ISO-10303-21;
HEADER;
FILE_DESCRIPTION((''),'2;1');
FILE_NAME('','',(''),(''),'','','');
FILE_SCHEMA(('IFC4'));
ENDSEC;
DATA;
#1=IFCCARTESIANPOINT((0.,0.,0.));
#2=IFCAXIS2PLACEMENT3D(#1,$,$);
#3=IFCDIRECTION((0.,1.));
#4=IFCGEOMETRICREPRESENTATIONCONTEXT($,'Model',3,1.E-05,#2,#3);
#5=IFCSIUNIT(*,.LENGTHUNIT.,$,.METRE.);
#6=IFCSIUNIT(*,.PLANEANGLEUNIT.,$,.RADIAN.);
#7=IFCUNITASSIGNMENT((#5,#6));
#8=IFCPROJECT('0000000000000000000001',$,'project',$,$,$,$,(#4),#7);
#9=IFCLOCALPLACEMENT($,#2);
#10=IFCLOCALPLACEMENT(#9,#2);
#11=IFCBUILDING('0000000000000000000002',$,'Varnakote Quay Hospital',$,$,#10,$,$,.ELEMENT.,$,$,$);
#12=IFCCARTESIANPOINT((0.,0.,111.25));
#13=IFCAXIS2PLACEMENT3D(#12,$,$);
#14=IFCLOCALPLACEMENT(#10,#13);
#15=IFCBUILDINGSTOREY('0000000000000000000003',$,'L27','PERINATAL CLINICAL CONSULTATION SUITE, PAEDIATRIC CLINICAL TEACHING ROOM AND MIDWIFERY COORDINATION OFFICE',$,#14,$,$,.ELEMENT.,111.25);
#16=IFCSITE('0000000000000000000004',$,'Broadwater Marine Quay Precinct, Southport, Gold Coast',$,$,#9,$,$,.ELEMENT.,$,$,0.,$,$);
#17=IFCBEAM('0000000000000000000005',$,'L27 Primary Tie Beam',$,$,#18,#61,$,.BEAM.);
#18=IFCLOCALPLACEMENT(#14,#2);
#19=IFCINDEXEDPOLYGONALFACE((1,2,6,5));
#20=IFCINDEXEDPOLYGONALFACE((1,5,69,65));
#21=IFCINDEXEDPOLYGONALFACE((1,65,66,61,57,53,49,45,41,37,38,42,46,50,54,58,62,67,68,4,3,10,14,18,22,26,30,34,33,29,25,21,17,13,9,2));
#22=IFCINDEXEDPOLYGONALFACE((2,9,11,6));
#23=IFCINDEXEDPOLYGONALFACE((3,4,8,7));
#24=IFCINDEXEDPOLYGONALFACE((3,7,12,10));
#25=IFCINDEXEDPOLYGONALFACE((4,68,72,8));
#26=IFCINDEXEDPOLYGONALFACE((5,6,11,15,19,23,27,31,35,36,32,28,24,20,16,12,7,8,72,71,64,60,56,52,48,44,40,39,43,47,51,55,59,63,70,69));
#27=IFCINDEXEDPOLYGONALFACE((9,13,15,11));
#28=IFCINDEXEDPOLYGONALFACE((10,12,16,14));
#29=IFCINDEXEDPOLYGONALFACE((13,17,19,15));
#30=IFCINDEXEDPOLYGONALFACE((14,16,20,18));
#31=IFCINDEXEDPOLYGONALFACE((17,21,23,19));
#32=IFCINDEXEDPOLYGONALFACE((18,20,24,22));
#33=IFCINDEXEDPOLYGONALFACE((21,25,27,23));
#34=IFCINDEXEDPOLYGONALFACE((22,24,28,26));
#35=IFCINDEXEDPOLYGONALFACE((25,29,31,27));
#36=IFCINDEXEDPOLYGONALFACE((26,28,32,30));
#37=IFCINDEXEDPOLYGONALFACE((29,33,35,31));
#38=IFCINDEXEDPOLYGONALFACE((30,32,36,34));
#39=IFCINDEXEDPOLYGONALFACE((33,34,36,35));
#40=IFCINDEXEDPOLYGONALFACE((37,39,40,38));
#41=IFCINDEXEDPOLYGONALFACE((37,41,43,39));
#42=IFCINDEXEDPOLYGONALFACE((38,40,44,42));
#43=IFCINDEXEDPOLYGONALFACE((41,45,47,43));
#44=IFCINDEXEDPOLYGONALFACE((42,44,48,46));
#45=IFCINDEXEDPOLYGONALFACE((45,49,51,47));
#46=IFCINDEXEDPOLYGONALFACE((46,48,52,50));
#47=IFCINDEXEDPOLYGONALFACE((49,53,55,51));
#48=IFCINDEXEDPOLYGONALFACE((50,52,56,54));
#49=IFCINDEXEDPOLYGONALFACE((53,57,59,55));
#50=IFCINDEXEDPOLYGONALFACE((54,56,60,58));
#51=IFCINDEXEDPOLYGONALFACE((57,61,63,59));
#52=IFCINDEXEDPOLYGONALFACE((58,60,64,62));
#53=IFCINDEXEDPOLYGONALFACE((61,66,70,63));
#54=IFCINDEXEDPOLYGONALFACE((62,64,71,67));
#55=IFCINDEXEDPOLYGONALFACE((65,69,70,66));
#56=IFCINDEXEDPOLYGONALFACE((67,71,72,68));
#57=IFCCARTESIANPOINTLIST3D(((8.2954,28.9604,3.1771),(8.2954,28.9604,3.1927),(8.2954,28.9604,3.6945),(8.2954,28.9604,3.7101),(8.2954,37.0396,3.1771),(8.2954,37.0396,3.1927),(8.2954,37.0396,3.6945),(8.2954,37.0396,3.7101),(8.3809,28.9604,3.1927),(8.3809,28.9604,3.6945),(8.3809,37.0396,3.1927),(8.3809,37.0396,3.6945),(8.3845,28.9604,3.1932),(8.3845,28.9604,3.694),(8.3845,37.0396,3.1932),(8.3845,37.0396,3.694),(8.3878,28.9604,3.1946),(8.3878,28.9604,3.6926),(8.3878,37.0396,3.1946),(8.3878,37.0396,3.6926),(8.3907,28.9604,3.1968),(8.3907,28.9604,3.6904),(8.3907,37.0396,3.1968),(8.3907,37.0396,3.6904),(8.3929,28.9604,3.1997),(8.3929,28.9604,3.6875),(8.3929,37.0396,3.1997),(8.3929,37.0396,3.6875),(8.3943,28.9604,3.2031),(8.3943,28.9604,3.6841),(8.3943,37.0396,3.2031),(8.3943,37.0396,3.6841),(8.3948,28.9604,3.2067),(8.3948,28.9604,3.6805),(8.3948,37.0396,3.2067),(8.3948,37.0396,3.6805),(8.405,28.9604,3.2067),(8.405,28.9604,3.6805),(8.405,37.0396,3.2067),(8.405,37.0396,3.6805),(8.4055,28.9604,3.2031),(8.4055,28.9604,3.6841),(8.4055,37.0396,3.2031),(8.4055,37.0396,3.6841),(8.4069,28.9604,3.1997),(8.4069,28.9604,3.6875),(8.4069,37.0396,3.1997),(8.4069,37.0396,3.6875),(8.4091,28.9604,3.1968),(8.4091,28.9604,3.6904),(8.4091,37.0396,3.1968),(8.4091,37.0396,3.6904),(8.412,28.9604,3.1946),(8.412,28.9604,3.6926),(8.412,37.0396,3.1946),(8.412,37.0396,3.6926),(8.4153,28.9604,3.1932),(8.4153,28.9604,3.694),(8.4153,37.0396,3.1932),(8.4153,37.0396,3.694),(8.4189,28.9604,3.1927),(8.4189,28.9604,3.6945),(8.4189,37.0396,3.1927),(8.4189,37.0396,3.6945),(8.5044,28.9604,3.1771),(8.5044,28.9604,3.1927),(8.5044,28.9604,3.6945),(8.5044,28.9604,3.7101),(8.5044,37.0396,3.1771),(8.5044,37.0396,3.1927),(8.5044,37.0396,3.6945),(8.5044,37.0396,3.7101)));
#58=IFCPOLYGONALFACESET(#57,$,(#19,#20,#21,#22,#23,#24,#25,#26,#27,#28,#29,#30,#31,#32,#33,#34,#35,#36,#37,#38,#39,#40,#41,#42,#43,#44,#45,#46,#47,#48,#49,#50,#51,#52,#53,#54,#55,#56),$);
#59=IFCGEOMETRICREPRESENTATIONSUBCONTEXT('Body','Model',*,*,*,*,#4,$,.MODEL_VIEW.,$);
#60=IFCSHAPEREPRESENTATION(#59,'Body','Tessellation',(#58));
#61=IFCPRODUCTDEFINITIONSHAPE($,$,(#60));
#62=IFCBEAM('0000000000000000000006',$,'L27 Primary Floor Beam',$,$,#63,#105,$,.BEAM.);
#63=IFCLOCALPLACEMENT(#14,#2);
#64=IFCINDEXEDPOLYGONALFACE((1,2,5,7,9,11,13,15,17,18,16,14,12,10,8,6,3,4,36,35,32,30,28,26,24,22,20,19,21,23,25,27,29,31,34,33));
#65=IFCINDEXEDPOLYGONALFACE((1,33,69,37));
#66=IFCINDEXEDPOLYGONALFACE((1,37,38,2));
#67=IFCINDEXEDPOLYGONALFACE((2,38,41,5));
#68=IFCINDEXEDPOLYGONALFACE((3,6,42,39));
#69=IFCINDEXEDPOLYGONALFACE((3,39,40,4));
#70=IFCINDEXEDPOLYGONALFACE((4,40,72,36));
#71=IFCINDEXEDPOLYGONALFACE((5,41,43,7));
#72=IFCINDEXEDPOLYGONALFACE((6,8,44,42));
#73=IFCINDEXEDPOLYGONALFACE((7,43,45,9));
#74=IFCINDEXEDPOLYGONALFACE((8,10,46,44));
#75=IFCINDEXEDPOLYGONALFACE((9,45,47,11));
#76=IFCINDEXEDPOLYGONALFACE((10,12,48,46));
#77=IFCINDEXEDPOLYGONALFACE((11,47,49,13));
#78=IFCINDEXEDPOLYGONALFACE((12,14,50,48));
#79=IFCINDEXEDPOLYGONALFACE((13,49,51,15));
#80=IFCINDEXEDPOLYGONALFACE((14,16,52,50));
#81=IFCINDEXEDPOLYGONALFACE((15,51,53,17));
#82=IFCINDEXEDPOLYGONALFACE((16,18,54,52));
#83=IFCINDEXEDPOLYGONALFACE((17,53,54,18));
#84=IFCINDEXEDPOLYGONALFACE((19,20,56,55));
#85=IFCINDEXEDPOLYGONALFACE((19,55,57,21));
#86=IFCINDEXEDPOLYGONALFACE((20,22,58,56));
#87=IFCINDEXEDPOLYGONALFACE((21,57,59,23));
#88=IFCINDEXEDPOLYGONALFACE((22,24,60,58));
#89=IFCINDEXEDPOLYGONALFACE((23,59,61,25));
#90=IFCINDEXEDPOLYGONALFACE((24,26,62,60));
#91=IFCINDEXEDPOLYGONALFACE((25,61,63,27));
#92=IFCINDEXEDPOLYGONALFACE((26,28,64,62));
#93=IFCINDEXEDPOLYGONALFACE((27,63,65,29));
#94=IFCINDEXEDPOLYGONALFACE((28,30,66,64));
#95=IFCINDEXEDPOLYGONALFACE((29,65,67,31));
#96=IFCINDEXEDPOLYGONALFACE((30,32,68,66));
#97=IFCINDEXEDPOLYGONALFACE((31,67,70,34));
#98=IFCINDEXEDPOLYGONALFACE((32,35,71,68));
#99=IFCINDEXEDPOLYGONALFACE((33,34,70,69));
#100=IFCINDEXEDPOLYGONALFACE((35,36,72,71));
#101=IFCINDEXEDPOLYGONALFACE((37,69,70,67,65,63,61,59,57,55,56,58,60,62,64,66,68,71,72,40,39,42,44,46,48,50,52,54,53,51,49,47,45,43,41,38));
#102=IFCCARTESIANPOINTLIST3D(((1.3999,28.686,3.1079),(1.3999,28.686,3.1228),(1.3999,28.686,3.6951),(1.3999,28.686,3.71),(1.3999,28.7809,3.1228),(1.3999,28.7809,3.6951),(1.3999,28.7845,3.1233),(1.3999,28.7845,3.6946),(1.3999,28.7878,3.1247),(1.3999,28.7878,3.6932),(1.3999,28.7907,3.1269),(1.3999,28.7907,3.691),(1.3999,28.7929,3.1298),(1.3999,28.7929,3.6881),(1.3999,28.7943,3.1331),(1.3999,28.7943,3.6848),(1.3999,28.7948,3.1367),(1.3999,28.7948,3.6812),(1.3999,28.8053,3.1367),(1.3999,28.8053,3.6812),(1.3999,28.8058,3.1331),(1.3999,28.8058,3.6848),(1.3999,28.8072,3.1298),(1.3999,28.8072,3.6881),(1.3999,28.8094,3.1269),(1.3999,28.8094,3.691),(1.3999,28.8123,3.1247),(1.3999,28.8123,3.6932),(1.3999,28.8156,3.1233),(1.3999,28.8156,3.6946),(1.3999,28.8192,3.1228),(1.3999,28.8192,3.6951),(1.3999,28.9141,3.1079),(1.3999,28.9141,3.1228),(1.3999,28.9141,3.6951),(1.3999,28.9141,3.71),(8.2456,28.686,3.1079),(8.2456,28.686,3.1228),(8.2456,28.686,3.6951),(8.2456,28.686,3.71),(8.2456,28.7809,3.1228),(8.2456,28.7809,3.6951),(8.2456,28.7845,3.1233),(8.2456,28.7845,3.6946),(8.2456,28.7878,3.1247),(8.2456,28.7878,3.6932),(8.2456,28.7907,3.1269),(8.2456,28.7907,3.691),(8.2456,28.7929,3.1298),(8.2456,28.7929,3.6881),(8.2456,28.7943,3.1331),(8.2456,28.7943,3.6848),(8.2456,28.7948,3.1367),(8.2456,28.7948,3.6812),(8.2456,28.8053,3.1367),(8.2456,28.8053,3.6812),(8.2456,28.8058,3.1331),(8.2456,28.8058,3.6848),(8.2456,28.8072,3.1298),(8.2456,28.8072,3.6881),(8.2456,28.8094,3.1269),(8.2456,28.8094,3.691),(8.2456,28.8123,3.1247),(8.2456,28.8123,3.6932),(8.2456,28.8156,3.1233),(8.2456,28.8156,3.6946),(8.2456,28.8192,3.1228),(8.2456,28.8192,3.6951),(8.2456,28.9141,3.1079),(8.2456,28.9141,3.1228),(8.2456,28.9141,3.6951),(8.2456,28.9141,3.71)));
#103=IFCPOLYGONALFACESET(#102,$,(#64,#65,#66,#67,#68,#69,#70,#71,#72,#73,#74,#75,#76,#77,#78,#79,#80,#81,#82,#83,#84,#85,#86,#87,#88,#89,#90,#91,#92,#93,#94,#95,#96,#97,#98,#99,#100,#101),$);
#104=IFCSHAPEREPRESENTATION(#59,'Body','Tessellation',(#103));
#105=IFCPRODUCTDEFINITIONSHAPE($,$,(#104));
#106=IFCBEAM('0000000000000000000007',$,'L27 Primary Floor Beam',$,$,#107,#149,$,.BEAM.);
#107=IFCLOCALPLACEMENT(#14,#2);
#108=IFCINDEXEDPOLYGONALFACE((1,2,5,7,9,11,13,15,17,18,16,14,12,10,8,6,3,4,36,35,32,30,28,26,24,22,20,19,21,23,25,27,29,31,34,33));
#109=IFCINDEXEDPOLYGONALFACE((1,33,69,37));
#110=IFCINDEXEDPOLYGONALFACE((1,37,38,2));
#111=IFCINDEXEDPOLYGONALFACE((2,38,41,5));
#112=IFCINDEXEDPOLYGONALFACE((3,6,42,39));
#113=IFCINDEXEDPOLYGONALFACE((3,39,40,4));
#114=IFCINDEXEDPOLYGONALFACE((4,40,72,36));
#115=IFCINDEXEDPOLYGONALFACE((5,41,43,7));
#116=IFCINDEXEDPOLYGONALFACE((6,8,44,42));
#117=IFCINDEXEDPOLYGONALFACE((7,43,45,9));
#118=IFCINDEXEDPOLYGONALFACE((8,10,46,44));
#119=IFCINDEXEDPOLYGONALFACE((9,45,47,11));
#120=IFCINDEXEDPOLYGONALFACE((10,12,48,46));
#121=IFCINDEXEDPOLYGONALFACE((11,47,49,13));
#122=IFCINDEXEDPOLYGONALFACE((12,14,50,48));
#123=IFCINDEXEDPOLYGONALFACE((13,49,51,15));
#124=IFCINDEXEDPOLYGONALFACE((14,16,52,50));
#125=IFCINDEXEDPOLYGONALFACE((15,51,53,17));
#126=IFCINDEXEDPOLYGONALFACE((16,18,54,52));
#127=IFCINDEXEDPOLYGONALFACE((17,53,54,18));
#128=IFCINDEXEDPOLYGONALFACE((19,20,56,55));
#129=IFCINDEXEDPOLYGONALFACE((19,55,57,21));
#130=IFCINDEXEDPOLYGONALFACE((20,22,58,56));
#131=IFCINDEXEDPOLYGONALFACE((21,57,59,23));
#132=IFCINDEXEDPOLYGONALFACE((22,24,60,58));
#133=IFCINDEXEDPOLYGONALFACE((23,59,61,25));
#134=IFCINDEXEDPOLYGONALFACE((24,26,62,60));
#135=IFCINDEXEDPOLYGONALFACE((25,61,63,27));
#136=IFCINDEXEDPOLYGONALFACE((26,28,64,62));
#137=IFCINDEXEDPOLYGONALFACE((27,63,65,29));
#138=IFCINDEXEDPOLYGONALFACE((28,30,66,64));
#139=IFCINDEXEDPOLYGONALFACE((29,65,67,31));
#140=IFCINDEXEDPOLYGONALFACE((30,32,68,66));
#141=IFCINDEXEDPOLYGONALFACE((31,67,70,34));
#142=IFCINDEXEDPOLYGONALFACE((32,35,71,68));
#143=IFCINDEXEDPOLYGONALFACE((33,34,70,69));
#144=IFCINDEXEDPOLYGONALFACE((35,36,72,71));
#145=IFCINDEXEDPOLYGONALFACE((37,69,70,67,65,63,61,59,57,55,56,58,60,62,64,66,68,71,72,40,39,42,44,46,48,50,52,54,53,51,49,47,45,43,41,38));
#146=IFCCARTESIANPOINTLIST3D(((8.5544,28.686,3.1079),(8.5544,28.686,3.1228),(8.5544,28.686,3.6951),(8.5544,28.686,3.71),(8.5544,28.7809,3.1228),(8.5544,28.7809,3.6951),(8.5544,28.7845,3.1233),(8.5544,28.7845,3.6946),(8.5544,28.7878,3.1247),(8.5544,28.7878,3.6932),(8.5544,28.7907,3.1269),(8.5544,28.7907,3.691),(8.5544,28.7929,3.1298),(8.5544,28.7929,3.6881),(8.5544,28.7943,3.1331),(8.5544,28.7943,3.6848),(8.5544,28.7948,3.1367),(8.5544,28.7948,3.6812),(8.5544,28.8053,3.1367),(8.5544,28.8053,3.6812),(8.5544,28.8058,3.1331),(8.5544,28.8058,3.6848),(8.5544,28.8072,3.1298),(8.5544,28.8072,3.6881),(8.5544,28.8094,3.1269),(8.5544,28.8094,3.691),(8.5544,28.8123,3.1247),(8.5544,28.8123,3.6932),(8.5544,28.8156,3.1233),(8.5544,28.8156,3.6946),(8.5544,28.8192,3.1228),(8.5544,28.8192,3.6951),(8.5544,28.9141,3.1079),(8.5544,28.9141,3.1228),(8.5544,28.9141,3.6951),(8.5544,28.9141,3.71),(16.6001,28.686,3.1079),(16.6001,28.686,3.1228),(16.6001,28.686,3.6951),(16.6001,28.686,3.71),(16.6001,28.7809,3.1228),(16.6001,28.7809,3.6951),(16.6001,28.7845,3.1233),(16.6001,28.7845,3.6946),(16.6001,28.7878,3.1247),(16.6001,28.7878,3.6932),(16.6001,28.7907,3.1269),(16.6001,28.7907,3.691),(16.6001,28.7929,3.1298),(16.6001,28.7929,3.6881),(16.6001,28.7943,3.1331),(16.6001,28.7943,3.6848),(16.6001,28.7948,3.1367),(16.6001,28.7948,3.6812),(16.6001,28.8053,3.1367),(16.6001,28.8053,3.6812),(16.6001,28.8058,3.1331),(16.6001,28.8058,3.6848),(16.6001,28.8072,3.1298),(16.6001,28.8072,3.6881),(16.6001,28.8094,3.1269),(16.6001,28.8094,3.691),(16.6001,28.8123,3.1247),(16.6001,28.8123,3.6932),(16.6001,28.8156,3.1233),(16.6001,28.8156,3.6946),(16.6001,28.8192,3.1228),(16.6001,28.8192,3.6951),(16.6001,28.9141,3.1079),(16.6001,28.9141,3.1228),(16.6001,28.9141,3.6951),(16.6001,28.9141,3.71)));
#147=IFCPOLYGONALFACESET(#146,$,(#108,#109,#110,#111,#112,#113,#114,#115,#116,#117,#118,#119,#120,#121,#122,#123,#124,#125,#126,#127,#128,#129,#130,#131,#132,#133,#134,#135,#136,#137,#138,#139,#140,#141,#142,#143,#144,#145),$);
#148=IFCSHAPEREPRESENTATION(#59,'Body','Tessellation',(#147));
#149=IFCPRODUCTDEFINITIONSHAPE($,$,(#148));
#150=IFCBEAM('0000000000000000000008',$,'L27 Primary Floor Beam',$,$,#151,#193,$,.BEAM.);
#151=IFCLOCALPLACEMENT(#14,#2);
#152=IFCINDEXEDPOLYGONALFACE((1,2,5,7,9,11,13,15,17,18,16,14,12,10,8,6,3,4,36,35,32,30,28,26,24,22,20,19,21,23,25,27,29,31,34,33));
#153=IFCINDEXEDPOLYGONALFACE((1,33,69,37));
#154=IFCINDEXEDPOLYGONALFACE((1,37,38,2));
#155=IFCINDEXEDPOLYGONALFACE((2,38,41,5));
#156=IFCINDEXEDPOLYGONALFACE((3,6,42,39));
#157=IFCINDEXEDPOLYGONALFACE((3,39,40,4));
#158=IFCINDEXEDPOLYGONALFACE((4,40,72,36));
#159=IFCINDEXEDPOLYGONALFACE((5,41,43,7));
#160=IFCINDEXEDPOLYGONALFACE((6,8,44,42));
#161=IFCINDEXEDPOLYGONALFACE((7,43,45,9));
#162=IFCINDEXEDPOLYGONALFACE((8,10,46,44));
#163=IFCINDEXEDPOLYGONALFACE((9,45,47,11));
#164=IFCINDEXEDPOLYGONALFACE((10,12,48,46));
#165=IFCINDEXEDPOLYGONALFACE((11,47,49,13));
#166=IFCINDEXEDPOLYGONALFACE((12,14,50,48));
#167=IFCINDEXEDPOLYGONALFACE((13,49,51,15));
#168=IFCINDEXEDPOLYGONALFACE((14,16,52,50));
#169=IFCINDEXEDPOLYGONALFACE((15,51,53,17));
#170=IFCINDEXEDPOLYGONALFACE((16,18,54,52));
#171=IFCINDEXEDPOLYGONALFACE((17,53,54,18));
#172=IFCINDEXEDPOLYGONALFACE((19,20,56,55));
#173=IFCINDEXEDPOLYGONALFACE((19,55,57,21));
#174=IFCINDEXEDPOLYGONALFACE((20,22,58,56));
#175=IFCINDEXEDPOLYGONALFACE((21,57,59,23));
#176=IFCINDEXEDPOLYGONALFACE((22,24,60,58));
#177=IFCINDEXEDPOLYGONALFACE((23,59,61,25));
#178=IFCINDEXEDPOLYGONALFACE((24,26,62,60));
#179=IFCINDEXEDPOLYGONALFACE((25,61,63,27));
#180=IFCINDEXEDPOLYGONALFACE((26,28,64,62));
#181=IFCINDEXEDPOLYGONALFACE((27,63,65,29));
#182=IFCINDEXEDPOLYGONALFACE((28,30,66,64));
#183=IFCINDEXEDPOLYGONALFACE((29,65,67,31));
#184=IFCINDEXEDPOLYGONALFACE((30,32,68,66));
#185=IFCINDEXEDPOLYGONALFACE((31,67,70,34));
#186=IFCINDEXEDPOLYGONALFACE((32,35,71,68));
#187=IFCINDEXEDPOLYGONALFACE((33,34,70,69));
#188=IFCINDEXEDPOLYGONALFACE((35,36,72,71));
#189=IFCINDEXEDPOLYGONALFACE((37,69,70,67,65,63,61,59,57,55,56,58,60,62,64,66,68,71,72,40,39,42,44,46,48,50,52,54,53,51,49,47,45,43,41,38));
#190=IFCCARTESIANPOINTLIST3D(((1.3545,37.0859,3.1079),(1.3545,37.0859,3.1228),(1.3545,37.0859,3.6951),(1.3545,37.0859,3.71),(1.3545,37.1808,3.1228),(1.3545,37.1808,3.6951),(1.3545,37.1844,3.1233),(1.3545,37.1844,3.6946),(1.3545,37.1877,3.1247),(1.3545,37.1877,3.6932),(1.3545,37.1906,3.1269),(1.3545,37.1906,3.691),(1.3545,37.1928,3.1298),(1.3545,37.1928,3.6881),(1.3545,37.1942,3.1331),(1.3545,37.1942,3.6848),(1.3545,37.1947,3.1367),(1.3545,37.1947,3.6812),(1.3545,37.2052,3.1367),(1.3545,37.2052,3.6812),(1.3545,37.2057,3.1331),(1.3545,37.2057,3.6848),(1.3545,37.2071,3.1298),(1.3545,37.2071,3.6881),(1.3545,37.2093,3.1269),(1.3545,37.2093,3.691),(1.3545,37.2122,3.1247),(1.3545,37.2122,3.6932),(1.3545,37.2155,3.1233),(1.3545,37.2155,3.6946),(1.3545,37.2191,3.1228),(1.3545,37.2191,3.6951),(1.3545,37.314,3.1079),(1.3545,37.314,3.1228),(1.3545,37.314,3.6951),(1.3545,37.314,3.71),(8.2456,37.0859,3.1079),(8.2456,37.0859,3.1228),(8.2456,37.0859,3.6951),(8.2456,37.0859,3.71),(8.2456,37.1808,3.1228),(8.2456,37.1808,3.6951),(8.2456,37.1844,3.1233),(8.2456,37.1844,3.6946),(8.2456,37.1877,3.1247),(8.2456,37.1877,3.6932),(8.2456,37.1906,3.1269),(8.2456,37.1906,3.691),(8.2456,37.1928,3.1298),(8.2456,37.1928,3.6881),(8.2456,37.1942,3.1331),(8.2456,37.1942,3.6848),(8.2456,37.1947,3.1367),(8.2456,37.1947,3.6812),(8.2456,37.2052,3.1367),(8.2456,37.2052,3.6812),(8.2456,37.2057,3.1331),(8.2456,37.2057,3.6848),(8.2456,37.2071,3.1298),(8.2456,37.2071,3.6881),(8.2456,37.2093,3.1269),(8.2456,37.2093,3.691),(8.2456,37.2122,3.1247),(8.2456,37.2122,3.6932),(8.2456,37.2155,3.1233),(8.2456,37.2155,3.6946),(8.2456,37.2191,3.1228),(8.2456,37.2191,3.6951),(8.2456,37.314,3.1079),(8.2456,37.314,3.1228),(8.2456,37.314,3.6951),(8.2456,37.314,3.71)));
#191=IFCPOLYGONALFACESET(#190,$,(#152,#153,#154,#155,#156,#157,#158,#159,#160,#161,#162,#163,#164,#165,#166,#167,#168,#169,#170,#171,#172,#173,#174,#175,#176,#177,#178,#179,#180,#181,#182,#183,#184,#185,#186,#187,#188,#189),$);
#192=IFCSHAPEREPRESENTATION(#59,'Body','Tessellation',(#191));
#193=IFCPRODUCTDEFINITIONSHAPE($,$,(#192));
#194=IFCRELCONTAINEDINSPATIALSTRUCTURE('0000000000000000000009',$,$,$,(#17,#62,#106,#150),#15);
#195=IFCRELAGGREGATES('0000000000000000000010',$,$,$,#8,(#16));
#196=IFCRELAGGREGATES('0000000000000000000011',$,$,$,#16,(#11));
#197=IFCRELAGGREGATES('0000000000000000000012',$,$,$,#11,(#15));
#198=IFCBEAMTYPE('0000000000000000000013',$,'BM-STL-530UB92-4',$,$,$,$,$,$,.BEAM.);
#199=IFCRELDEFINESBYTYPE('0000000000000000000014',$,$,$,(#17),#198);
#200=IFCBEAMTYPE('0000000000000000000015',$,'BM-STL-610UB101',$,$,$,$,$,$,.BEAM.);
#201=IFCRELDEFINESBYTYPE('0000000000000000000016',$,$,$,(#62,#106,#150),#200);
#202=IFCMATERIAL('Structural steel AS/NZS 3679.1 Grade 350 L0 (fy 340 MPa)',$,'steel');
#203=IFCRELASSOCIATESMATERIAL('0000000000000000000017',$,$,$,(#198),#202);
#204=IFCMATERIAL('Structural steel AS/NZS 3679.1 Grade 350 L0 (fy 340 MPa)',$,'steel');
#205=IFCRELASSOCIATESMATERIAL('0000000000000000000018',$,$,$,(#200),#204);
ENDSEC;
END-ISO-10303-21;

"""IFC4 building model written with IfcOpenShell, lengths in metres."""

from ifc_helpers import new_model, si_unit, direction, frame, origin, origin_2d, place, context, subcontext, project, spatial, i_section, extrude, material, material_profile, profile_set, type_object, element, save


model = new_model("IFC4")

# Units and contexts
model_context = context("Model", 3, precision=1e-05, world=origin(), true_north=direction((0.0, 1.0)))
body_context = subcontext(model_context, "Body", "Model", "MODEL_VIEW")
ifc_project = project(units=[si_unit("LENGTHUNIT", "METRE"), si_unit("PLANEANGLEUNIT", "RADIAN")], contexts=[model_context])

# Site, building, storey
site_placement = place(None, origin())
site = spatial("IfcSite", under=ifc_project, at=site_placement, Name="Broadwater Marine Quay Precinct, Southport, Gold Coast", CompositionType="ELEMENT", RefElevation=0.0)
building_placement = place(site_placement, origin())
building = spatial("IfcBuilding", under=site, at=building_placement, Name="Varnakote Quay Hospital", CompositionType="ELEMENT")
storey_placement = place(building_placement, frame((0.0, 0.0, 111.25)))
storey = spatial("IfcBuildingStorey", under=building, at=storey_placement, Name="L27", Description="PERINATAL CLINICAL CONSULTATION SUITE, PAEDIATRIC CLINICAL TEACHING ROOM AND MIDWIFERY COORDINATION OFFICE", CompositionType="ELEMENT", Elevation=111.25)

# Beams
ifc_material_1 = material(Name="Structural steel AS/NZS 3679.1 Grade 350 L0 (fy 340 MPa)", Category="steel")
ifc_material_profile_1 = material_profile(ifc_material_1, i_section(OverallWidth=0.209, OverallDepth=0.533, WebThickness=0.0103, FlangeThickness=0.0156, FilletRadius=0.0139, at=origin_2d()), Name="530UB92.4")
ifc_profile_set_1 = profile_set([ifc_material_profile_1], Name="Structural steel AS/NZS 3679.1 Grade 350 L0 (fy 340 MPa)")
beam_type_1 = type_object("IfcBeamType", Name="BM-STL-530UB92-4", PredefinedType="BEAM", material=ifc_profile_set_1)
beam_1_placement = place(storey_placement, frame((8.3999, 28.9604, 3.4436), z_axis=(0.0, 1.0, 0.0), x_axis=(-1.0, 0.0, 0.0)))
element("IfcBeam", 1, at=beam_1_placement, inside=storey, type_object=beam_type_1, Name="L27 Primary Tie Beam", PredefinedType="BEAM", context=body_context, shape_type="SweptSolid", body=[
    extrude(i_section(OverallWidth=0.209, OverallDepth=0.533, WebThickness=0.0103, FlangeThickness=0.0156, FilletRadius=0.0139, at=origin_2d()), origin(), (0.0, 0.0, 1.0), 8.0791),
])
ifc_material_2 = material(Name="Structural steel AS/NZS 3679.1 Grade 350 L0 (fy 340 MPa)", Category="steel")
ifc_material_profile_2 = material_profile(ifc_material_2, i_section(OverallWidth=0.228, OverallDepth=0.6021, WebThickness=0.0105, FlangeThickness=0.0149, FilletRadius=0.0139, at=origin_2d()), Name="610UB101")
ifc_profile_set_2 = profile_set([ifc_material_profile_2], Name="Structural steel AS/NZS 3679.1 Grade 350 L0 (fy 340 MPa)")
beam_type_2 = type_object("IfcBeamType", Name="BM-STL-610UB101", PredefinedType="BEAM", material=ifc_profile_set_2)
beam_2_placement = place(storey_placement, frame((1.3999, 28.8, 3.4089), z_axis=(1.0, 0.0, 0.0), x_axis=(0.0, 1.0, 0.0)))
element("IfcBeam", 2, at=beam_2_placement, inside=storey, type_object=beam_type_2, Name="L27 Primary Floor Beam", PredefinedType="BEAM", context=body_context, shape_type="SweptSolid", body=[
    extrude(i_section(OverallWidth=0.228, OverallDepth=0.6021, WebThickness=0.0105, FlangeThickness=0.0149, FilletRadius=0.0139, at=origin_2d()), origin(), (0.0, 0.0, 1.0), 6.8457),
])
beam_3_placement = place(storey_placement, frame((8.5544, 28.8, 3.4089), z_axis=(1.0, 0.0, 0.0), x_axis=(0.0, 1.0, 0.0)))
element("IfcBeam", 3, at=beam_3_placement, inside=storey, type_object=beam_type_2, Name="L27 Primary Floor Beam", PredefinedType="BEAM", context=body_context, shape_type="SweptSolid", body=[
    extrude(i_section(OverallWidth=0.228, OverallDepth=0.6021, WebThickness=0.0105, FlangeThickness=0.0149, FilletRadius=0.0139, at=origin_2d()), origin(), (0.0, 0.0, 1.0), 8.0457),
])
beam_4_placement = place(storey_placement, frame((1.3545, 37.2, 3.4089), z_axis=(1.0, 0.0, 0.0), x_axis=(0.0, 1.0, 0.0)))
element("IfcBeam", 4, at=beam_4_placement, inside=storey, type_object=beam_type_2, Name="L27 Primary Floor Beam", PredefinedType="BEAM", context=body_context, shape_type="SweptSolid", body=[
    extrude(i_section(OverallWidth=0.228, OverallDepth=0.6021, WebThickness=0.0105, FlangeThickness=0.0149, FilletRadius=0.0139, at=origin_2d()), origin(), (0.0, 0.0, 1.0), 6.8911),
])

save(model, "model.ifc")
